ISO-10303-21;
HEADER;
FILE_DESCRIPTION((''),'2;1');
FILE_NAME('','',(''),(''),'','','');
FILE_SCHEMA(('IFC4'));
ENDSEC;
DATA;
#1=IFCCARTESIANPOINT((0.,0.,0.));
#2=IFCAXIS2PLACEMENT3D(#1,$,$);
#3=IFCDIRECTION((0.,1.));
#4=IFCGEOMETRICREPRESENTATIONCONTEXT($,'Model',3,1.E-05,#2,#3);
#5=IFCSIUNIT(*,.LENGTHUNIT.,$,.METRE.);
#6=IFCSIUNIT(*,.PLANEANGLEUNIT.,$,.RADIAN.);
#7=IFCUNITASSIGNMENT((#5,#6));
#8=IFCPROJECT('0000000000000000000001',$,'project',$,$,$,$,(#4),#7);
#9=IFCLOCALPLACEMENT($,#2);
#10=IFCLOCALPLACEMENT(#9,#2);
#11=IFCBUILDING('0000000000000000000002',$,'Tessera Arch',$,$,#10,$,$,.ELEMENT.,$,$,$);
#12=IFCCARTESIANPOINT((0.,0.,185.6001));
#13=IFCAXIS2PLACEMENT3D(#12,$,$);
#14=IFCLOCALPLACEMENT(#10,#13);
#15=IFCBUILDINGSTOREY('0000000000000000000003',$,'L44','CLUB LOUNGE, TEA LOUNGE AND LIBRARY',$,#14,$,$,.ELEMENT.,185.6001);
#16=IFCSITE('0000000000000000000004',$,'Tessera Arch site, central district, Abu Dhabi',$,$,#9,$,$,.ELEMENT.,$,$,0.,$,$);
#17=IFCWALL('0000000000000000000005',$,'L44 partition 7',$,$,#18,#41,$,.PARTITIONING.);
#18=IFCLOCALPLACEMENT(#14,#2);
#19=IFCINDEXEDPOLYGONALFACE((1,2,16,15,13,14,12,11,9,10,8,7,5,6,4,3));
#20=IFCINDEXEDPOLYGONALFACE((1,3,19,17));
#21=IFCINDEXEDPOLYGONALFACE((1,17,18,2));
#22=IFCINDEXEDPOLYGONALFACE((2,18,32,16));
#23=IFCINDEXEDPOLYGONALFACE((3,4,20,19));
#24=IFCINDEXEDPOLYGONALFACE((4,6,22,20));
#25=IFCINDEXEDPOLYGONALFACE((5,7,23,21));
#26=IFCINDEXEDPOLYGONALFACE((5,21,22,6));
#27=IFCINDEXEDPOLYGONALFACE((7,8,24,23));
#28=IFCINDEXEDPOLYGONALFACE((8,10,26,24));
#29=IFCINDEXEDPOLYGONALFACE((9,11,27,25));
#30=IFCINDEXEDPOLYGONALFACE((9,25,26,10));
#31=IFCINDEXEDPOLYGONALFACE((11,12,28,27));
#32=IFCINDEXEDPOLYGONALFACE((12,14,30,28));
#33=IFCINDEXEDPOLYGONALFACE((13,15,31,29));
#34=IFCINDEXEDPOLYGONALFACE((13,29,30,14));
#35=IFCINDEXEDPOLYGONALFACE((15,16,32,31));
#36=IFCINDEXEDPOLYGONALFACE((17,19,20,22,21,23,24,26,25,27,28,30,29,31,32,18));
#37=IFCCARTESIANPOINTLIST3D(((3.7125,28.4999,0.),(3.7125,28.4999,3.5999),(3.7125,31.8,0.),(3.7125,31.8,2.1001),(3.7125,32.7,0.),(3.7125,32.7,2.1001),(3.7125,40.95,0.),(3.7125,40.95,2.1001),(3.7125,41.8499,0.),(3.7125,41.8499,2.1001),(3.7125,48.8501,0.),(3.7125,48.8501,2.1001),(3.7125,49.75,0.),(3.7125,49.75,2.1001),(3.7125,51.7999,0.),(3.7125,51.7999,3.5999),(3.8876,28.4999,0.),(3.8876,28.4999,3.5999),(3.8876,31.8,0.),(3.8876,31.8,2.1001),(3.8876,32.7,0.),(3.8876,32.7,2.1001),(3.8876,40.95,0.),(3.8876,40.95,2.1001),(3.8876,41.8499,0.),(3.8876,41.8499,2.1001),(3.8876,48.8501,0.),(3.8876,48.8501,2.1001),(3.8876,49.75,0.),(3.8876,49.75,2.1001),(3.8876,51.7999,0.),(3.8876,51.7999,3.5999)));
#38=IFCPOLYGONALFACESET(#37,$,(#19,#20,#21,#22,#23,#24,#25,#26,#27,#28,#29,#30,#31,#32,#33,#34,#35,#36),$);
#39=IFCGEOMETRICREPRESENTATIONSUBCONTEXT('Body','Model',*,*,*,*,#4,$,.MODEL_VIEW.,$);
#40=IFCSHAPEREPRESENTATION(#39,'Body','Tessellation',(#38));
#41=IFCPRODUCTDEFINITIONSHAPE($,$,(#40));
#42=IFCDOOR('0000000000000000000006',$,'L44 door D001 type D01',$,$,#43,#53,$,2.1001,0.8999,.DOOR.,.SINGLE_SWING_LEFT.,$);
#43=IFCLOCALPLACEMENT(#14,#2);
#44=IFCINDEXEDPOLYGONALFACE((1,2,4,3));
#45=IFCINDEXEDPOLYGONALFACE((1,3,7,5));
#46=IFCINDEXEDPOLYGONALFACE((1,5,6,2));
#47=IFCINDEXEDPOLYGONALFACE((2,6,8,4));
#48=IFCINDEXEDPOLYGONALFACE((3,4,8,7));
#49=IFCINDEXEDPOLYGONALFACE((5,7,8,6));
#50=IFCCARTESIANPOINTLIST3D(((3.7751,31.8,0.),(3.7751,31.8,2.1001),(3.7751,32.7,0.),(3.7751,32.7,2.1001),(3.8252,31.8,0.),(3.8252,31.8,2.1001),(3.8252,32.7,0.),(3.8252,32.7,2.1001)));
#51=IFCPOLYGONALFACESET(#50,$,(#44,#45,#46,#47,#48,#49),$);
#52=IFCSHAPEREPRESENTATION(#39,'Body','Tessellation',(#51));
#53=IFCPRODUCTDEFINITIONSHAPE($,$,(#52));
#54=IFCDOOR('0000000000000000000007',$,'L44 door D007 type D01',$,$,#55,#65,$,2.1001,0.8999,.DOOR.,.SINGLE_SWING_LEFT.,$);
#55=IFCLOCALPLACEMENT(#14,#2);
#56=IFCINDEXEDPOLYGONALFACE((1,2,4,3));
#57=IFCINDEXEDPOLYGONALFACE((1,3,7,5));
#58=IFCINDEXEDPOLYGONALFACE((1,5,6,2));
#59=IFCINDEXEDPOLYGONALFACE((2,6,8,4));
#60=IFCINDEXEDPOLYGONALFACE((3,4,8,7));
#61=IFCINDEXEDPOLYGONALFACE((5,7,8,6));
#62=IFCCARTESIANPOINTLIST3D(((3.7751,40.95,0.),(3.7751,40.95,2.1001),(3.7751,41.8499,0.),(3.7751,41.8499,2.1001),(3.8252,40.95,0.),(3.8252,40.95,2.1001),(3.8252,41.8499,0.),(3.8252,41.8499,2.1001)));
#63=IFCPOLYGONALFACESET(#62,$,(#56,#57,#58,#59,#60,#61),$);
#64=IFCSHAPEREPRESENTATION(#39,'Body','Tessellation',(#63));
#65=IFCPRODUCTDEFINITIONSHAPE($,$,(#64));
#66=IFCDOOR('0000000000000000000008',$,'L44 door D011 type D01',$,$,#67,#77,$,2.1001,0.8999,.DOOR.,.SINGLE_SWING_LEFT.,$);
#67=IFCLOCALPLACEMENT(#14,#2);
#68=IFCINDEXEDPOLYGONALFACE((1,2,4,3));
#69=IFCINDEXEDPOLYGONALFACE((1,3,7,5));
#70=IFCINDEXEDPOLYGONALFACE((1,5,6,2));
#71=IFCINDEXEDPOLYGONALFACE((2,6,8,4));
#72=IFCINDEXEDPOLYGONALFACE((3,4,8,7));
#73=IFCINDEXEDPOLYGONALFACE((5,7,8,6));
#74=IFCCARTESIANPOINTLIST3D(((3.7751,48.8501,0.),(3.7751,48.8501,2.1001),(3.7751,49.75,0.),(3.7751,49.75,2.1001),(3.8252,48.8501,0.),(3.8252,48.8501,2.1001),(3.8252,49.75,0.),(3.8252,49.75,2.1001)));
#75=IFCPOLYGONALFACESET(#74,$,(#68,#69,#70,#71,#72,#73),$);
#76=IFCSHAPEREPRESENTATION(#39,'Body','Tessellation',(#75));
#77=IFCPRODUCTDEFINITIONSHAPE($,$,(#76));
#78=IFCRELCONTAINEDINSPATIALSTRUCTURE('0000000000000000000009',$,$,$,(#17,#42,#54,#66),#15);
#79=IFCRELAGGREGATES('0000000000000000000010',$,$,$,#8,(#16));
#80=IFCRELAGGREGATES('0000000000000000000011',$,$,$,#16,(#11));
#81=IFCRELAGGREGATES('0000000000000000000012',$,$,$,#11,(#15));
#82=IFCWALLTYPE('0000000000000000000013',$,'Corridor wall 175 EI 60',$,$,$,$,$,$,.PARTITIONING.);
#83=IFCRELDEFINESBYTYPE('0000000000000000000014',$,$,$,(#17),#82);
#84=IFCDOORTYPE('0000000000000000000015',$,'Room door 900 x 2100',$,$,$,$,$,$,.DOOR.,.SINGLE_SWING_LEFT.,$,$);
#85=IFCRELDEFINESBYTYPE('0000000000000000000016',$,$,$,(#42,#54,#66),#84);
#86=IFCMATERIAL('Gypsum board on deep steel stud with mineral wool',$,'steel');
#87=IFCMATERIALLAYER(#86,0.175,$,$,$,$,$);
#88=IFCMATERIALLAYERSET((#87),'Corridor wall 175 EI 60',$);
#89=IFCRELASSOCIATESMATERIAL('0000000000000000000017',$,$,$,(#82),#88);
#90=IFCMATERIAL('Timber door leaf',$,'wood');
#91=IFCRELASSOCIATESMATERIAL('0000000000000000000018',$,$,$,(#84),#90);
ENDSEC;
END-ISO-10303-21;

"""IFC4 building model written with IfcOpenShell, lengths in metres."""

from ifc_helpers import new_model, si_unit, direction, frame, frame_2d, origin, place, context, subcontext, project, spatial, rectangle, extrude, material, layer, layer_set, type_object, element, fill, save


model = new_model("IFC4")

# Units and contexts
model_context = context("Model", 3, precision=1e-05, world=origin(), true_north=direction((0.0, 1.0)))
body_context = subcontext(model_context, "Body", "Model", "MODEL_VIEW")
ifc_project = project(units=[si_unit("LENGTHUNIT", "METRE"), si_unit("PLANEANGLEUNIT", "RADIAN")], contexts=[model_context])

# Site, building, storey
site_placement = place(None, origin())
site = spatial("IfcSite", under=ifc_project, at=site_placement, Name="Tessera Arch site, central district, Abu Dhabi", CompositionType="ELEMENT", RefElevation=0.0)
building_placement = place(site_placement, origin())
building = spatial("IfcBuilding", under=site, at=building_placement, Name="Tessera Arch", CompositionType="ELEMENT")
storey_placement = place(building_placement, frame((0.0, 0.0, 185.6001)))
storey = spatial("IfcBuildingStorey", under=building, at=storey_placement, Name="L44", Description="CLUB LOUNGE, TEA LOUNGE AND LIBRARY", CompositionType="ELEMENT", Elevation=185.6001)

# Shared definitions
ifc_material_1 = material(Name="Gypsum board on deep steel stud with mineral wool", Category="steel")
ifc_layer_1 = layer(ifc_material_1, 0.175)
ifc_layer_set_1 = layer_set([ifc_layer_1], Name="Corridor wall 175 EI 60")
wall_type_1 = type_object("IfcWallType", Name="Corridor wall 175 EI 60", PredefinedType="PARTITIONING", material=ifc_layer_set_1)

# Wall, openings, doors
wall_1_placement = place(storey_placement, frame((3.8, 28.5, 0.0), z_axis=(0.0, 0.0, 1.0), x_axis=(0.0, 1.0, 0.0)))
wall_1 = element("IfcWall", 1, at=wall_1_placement, inside=storey, type_object=wall_type_1, Name="L44 partition 7", PredefinedType="PARTITIONING", context=body_context, shape_type="SweptSolid", body=[
    extrude(rectangle(XDim=23.3, YDim=0.175, at=frame_2d((11.6499, 0.0))), origin(), (0.0, 0.0, 1.0), 3.5999),
])
opening_1_placement = place(wall_1_placement, frame((3.3, 0.0, 0.0)))
opening_1 = element("IfcOpeningElement", 2, at=opening_1_placement, cuts=wall_1, PredefinedType="OPENING", context=body_context, shape_type="SweptSolid", body=[
    extrude(rectangle(XDim=0.8999, YDim=2.1001, at=frame_2d((0.45, 1.05))), frame((0.0, 0.0974, 0.0), z_axis=(0.0, -1.0, 0.0), x_axis=(1.0, 0.0, 0.0)), (0.0, 0.0, 1.0), 0.1951),
])
opening_2_placement = place(wall_1_placement, frame((12.45, 0.0, 0.0)))
opening_2 = element("IfcOpeningElement", 3, at=opening_2_placement, cuts=wall_1, PredefinedType="OPENING", context=body_context, shape_type="SweptSolid", body=[
    extrude(rectangle(XDim=0.8999, YDim=2.1001, at=frame_2d((0.45, 1.05))), frame((0.0, 0.0974, 0.0), z_axis=(0.0, -1.0, 0.0), x_axis=(1.0, 0.0, 0.0)), (0.0, 0.0, 1.0), 0.1951),
])
opening_3_placement = place(wall_1_placement, frame((20.3501, 0.0, 0.0)))
opening_3 = element("IfcOpeningElement", 4, at=opening_3_placement, cuts=wall_1, PredefinedType="OPENING", context=body_context, shape_type="SweptSolid", body=[
    extrude(rectangle(XDim=0.8999, YDim=2.1001, at=frame_2d((0.45, 1.05))), frame((0.0, 0.0974, 0.0), z_axis=(0.0, -1.0, 0.0), x_axis=(1.0, 0.0, 0.0)), (0.0, 0.0, 1.0), 0.1951),
])
ifc_material_2 = material(Name="Timber door leaf", Category="wood")
door_type_1 = type_object("IfcDoorType", Name="Room door 900 x 2100", OperationType="SINGLE_SWING_LEFT", PredefinedType="DOOR", material=ifc_material_2)
door_1_placement = place(opening_1_placement, origin())
door_1 = element("IfcDoor", 5, at=door_1_placement, inside=storey, type_object=door_type_1, Name="L44 door D001 type D01", OperationType="SINGLE_SWING_LEFT", OverallHeight=2.1001, OverallWidth=0.8999, PredefinedType="DOOR", context=body_context, shape_type="SweptSolid", body=[
    extrude(rectangle(XDim=0.8999, YDim=2.1001, at=frame_2d((0.45, 1.05))), frame((0.0, 0.0249, 0.0), z_axis=(0.0, -1.0, 0.0), x_axis=(1.0, 0.0, 0.0)), (0.0, 0.0, 1.0), 0.05),
])
fill(opening_1, door_1)
door_2_placement = place(opening_2_placement, origin())
door_2 = element("IfcDoor", 6, at=door_2_placement, inside=storey, type_object=door_type_1, Name="L44 door D007 type D01", OperationType="SINGLE_SWING_LEFT", OverallHeight=2.1001, OverallWidth=0.8999, PredefinedType="DOOR", context=body_context, shape_type="SweptSolid", body=[
    extrude(rectangle(XDim=0.8999, YDim=2.1001, at=frame_2d((0.45, 1.05))), frame((0.0, 0.0249, 0.0), z_axis=(0.0, -1.0, 0.0), x_axis=(1.0, 0.0, 0.0)), (0.0, 0.0, 1.0), 0.05),
])
fill(opening_2, door_2)
door_3_placement = place(opening_3_placement, origin())
door_3 = element("IfcDoor", 7, at=door_3_placement, inside=storey, type_object=door_type_1, Name="L44 door D011 type D01", OperationType="SINGLE_SWING_LEFT", OverallHeight=2.1001, OverallWidth=0.8999, PredefinedType="DOOR", context=body_context, shape_type="SweptSolid", body=[
    extrude(rectangle(XDim=0.8999, YDim=2.1001, at=frame_2d((0.45, 1.05))), frame((0.0, 0.0249, 0.0), z_axis=(0.0, -1.0, 0.0), x_axis=(1.0, 0.0, 0.0)), (0.0, 0.0, 1.0), 0.05),
])
fill(opening_3, door_3)

save(model, "model.ifc")
